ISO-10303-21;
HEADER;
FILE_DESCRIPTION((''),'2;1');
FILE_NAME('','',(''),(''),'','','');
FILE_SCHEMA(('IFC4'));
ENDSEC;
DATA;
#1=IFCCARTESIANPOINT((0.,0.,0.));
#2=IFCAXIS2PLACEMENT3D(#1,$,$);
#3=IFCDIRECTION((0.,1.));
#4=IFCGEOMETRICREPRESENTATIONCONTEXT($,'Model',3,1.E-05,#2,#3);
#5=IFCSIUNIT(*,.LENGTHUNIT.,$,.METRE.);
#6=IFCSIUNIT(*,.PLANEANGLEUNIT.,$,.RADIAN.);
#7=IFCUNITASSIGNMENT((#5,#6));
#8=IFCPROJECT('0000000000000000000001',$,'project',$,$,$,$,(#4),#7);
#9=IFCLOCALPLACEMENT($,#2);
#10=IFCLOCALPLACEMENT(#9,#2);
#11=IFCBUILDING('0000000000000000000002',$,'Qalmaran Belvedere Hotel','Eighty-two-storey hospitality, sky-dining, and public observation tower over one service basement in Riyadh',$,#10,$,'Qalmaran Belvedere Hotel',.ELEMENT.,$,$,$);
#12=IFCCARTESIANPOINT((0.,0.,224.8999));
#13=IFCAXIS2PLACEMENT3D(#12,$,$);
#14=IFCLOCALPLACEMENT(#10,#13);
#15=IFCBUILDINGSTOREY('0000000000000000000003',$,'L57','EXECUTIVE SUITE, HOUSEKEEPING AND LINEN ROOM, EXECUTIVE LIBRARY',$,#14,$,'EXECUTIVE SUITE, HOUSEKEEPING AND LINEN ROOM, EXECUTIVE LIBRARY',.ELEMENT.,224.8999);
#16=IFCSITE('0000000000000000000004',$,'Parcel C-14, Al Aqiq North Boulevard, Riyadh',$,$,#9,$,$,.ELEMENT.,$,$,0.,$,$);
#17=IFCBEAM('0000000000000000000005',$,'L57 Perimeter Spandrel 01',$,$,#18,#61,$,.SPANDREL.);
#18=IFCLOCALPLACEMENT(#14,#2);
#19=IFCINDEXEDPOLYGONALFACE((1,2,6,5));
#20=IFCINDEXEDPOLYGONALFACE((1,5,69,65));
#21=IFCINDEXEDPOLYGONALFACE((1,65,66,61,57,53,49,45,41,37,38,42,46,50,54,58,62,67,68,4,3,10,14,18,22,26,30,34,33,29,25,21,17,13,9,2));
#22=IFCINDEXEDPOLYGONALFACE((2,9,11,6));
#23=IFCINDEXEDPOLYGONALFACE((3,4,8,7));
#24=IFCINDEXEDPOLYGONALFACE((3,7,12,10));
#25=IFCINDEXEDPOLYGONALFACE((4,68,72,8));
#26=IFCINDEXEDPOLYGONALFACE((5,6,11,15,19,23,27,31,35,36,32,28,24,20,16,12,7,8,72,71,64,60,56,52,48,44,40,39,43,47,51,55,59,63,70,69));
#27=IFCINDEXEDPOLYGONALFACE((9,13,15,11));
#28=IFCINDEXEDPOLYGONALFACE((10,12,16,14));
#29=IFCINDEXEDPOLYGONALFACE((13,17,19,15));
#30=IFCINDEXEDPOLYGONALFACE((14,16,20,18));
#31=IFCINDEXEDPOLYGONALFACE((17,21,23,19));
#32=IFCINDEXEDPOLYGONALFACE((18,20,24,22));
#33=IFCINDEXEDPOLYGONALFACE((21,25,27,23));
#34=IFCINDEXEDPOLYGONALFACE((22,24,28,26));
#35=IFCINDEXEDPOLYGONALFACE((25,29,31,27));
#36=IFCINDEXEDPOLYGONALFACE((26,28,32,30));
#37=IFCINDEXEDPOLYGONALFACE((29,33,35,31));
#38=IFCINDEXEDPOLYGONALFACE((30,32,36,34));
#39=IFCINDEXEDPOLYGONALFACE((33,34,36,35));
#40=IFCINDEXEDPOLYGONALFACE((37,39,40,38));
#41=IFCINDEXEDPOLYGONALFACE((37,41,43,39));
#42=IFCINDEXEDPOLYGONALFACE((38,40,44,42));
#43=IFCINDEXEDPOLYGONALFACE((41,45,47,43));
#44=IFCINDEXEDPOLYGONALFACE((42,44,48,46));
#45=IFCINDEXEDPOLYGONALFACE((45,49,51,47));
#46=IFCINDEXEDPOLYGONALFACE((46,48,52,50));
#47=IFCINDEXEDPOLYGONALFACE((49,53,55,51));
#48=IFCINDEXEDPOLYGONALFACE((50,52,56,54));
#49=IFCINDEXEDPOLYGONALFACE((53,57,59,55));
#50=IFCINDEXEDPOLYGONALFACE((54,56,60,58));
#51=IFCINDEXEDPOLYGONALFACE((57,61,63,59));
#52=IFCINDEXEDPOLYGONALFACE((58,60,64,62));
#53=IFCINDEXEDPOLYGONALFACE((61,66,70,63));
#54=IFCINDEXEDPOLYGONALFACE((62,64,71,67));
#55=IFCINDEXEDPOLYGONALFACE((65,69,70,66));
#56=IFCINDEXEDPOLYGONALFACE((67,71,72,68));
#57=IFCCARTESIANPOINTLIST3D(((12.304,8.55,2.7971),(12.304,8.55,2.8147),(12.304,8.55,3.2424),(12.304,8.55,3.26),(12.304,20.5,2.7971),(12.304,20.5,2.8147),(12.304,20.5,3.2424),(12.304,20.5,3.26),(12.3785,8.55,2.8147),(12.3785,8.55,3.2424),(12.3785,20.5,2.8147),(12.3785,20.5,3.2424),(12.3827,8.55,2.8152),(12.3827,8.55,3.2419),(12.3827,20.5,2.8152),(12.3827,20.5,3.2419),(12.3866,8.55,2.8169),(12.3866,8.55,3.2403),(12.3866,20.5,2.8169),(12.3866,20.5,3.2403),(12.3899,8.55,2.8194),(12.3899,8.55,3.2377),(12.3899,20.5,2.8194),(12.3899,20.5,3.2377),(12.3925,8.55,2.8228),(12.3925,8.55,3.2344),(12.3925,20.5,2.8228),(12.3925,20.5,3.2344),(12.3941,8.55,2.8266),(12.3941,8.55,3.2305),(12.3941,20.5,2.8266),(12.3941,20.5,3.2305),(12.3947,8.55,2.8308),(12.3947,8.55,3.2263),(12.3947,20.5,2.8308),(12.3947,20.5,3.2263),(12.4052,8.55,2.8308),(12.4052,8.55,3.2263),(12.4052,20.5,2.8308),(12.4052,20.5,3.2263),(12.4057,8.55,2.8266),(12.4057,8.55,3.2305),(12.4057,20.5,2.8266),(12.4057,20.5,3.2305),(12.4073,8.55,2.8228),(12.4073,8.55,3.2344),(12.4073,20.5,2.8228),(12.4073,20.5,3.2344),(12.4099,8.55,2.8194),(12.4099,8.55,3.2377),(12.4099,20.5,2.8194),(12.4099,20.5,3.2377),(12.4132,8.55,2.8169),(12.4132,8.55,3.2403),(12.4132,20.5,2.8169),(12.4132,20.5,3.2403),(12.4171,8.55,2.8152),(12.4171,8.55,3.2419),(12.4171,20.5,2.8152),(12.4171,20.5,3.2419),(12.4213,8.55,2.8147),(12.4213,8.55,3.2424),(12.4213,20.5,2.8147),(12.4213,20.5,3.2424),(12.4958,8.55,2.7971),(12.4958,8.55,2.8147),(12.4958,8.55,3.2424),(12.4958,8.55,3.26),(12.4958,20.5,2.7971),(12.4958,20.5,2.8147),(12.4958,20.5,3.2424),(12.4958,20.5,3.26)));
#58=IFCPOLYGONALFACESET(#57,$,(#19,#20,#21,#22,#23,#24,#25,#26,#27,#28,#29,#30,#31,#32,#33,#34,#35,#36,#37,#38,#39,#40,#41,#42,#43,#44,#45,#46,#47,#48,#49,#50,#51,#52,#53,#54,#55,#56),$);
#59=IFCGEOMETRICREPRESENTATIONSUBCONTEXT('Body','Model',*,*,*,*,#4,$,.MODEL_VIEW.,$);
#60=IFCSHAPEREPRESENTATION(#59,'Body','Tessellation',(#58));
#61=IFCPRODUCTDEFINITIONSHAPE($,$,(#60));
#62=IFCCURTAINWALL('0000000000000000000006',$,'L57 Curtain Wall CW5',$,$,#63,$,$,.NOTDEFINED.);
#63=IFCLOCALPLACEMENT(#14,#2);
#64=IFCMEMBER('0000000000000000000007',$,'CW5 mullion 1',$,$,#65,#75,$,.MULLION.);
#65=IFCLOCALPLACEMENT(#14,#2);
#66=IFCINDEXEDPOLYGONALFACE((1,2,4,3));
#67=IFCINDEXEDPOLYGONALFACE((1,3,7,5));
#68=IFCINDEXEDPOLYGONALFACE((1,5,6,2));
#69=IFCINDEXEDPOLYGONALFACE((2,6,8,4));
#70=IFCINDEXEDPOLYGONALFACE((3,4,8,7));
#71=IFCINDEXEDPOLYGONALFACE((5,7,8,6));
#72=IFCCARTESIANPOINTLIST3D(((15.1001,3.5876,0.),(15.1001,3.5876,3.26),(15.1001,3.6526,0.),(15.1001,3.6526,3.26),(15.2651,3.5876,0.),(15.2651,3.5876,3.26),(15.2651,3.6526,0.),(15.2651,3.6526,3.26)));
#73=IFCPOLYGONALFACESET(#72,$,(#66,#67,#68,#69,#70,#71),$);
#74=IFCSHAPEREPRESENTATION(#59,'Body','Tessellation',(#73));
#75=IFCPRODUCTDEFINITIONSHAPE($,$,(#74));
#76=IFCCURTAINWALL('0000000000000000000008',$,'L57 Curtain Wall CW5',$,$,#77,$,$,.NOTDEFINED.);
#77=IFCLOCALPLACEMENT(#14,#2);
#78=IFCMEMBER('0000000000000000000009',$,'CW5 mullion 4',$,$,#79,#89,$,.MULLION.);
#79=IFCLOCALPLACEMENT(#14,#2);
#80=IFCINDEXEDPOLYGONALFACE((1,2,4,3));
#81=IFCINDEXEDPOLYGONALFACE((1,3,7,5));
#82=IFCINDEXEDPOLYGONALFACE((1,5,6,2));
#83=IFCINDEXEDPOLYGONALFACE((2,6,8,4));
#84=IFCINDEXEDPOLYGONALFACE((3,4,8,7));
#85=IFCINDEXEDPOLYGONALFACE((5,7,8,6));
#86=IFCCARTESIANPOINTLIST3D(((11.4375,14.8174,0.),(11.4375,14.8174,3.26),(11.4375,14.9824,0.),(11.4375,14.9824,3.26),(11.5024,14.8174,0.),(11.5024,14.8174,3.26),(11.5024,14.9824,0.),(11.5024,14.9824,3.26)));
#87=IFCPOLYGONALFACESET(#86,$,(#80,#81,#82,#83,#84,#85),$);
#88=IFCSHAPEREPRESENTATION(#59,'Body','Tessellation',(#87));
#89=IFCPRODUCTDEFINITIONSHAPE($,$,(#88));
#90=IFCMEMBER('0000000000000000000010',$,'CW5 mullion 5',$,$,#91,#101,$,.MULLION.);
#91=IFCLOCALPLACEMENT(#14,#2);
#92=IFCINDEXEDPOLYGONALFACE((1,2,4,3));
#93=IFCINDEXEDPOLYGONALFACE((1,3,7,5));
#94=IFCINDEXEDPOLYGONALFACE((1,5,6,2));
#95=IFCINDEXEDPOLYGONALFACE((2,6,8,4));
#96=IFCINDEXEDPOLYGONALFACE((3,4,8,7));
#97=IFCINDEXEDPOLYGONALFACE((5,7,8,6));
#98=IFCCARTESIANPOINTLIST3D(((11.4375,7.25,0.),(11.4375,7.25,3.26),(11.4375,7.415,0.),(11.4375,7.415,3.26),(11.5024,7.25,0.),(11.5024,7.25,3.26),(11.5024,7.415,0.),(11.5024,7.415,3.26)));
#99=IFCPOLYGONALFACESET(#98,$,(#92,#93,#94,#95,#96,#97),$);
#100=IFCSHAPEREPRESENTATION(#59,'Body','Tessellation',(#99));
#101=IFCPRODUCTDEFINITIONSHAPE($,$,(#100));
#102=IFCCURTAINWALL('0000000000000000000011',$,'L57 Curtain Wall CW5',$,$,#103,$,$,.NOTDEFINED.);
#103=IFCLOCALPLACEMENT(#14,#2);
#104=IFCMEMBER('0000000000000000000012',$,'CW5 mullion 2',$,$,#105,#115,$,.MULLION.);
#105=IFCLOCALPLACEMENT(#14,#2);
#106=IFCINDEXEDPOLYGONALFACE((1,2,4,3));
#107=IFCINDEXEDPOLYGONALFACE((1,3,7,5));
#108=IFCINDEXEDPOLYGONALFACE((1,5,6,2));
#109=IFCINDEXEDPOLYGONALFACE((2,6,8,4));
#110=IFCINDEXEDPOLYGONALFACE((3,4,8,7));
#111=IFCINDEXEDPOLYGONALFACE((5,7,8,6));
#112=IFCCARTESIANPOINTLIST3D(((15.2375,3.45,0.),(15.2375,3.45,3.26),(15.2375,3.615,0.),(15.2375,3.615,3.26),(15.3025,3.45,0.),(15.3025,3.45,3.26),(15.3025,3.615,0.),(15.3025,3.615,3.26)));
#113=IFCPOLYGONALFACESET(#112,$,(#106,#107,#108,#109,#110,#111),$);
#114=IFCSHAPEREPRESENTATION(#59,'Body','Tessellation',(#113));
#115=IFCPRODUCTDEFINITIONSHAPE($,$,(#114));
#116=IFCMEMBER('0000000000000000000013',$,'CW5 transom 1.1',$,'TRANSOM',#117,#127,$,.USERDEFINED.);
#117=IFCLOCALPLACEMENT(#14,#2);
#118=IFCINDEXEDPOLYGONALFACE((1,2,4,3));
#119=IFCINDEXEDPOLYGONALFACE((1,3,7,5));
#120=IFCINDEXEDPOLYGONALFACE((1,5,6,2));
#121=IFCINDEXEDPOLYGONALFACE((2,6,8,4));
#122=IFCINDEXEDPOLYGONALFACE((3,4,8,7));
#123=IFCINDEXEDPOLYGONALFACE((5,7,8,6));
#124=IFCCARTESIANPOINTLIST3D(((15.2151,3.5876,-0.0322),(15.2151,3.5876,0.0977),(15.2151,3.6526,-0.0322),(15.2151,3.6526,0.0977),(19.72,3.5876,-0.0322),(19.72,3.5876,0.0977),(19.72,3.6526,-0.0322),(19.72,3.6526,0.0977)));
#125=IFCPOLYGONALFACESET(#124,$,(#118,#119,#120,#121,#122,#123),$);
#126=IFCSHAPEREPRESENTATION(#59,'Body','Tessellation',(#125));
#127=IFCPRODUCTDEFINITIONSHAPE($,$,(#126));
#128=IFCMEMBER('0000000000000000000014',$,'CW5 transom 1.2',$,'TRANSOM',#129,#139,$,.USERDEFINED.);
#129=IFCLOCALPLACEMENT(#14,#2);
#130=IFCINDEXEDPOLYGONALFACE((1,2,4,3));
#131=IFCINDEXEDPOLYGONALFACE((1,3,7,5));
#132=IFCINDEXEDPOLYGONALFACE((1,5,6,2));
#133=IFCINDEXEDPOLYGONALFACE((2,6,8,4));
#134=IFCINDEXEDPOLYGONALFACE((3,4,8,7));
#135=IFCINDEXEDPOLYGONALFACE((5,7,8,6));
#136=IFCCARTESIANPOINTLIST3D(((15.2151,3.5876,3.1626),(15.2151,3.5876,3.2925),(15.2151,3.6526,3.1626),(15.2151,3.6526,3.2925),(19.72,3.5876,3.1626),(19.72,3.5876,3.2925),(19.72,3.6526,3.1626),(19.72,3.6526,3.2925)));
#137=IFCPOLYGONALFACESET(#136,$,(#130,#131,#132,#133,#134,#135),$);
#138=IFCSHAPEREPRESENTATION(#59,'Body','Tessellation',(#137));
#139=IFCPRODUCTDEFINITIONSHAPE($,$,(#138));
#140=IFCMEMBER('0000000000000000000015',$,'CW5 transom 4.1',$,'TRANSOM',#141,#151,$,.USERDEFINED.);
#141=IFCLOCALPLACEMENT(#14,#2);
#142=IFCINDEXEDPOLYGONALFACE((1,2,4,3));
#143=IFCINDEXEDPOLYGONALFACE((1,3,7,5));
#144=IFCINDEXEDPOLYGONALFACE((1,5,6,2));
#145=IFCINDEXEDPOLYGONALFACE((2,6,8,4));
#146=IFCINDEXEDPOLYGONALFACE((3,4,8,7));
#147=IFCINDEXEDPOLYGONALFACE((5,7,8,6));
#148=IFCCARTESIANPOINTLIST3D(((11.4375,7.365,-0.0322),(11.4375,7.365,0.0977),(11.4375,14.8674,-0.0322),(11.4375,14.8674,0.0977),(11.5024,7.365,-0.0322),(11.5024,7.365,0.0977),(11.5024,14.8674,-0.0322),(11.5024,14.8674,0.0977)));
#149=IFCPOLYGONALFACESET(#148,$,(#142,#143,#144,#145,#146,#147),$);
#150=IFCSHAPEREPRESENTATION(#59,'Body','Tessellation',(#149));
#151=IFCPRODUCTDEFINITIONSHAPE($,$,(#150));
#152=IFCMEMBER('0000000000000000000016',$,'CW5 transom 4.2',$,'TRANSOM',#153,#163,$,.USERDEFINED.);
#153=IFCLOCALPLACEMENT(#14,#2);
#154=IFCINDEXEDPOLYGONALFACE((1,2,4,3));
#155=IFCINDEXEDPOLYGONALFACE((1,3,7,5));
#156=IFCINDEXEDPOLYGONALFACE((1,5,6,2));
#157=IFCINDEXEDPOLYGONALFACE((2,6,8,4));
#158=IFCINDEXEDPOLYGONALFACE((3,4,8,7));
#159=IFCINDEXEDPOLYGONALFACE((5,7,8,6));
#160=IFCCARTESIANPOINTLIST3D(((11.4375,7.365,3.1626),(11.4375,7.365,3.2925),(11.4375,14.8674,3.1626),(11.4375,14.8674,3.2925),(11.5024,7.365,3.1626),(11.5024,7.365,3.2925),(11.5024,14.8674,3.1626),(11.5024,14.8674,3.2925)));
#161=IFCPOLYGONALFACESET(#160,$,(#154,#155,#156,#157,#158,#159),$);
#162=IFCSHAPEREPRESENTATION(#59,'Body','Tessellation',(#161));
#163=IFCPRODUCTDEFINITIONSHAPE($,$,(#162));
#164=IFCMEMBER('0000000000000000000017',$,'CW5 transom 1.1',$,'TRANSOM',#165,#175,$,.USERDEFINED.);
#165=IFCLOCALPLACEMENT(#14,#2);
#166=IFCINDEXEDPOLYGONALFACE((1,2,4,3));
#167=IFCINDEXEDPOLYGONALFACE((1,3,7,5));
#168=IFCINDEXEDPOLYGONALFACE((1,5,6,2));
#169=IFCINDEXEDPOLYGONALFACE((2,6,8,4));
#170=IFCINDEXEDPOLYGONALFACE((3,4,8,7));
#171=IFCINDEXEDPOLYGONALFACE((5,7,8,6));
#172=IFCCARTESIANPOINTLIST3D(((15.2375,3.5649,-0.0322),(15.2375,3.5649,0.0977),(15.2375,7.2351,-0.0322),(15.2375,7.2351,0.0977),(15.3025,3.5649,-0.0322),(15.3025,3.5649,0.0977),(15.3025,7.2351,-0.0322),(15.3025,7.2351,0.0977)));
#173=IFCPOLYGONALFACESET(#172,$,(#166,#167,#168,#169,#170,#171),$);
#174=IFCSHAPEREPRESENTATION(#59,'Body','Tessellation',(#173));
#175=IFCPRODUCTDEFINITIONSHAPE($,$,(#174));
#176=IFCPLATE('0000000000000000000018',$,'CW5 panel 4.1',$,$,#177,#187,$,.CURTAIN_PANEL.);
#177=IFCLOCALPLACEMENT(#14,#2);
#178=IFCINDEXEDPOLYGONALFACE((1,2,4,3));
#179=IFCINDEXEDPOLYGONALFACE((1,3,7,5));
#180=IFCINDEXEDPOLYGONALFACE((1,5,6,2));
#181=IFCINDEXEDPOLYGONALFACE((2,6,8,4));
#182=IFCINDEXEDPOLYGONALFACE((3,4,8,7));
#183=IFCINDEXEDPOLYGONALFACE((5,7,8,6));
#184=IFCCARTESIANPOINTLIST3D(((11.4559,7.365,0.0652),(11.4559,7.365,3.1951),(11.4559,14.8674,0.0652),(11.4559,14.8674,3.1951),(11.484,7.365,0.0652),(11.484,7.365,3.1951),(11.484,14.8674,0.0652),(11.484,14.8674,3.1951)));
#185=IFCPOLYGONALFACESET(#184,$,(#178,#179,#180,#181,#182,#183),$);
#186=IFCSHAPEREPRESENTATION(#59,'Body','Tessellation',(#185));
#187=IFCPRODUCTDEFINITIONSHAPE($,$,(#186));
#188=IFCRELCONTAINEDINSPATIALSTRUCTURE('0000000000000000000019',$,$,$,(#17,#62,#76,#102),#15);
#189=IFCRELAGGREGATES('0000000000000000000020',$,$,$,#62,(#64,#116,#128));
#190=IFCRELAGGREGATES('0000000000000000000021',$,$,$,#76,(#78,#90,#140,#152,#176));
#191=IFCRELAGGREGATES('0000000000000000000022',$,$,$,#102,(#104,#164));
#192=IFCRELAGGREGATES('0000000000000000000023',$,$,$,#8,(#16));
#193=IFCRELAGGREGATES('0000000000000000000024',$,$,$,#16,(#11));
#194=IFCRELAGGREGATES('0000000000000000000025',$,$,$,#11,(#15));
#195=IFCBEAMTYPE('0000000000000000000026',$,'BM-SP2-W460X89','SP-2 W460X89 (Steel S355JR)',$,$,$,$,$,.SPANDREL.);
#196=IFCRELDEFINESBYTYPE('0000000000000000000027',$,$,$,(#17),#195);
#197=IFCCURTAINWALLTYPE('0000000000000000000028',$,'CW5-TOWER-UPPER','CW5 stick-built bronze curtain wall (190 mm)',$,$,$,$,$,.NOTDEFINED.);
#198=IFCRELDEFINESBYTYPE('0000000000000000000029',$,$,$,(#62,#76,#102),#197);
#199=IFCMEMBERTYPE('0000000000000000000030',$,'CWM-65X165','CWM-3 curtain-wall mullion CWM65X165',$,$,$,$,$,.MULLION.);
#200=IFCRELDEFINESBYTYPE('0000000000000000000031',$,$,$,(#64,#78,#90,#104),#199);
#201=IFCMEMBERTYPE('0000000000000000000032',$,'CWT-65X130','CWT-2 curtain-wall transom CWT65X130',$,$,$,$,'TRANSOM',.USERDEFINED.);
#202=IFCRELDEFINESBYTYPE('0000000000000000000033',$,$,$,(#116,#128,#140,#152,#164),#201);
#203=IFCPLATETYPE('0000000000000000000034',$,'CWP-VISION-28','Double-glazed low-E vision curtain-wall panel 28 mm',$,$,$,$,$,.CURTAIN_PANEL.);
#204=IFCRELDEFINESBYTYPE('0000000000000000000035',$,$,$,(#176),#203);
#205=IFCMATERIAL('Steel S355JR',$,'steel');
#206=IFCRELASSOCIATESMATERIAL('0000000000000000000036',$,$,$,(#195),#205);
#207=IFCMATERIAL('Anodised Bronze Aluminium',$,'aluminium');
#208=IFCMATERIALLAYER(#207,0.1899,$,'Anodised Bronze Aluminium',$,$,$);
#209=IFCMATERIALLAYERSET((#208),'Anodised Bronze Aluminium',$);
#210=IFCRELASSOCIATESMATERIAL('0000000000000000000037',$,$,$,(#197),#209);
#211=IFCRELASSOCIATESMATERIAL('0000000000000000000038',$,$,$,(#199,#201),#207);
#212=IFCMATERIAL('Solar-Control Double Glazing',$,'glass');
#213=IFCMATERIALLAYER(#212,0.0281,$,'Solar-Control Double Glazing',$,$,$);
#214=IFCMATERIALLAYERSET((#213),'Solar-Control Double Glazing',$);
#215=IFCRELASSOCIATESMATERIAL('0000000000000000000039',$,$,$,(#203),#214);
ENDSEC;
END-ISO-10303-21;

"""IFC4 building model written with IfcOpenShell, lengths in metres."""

from ifc_helpers import new_model, si_unit, direction, frame, origin, origin_2d, place, context, subcontext, project, spatial, rectangle, i_section, extrude, material, layer, layer_set, material_profile, profile_set, type_object, element, aggregate, save


model = new_model("IFC4")

# Units and contexts
model_context = context("Model", 3, precision=1e-05, world=origin(), true_north=direction((0.0, 1.0)))
body_context = subcontext(model_context, "Body", "Model", "MODEL_VIEW")
ifc_project = project(units=[si_unit("LENGTHUNIT", "METRE"), si_unit("PLANEANGLEUNIT", "RADIAN")], contexts=[model_context])

# Site, building, storey
site_placement = place(None, origin())
site = spatial("IfcSite", under=ifc_project, at=site_placement, Name="Parcel C-14, Al Aqiq North Boulevard, Riyadh", CompositionType="ELEMENT", RefElevation=0.0)
building_placement = place(site_placement, origin())
building = spatial("IfcBuilding", under=site, at=building_placement, Name="Qalmaran Belvedere Hotel", Description="Eighty-two-storey hospitality, sky-dining, and public observation tower over one service basement in Riyadh", LongName="Qalmaran Belvedere Hotel", CompositionType="ELEMENT")
storey_placement = place(building_placement, frame((0.0, 0.0, 224.8999)))
storey = spatial("IfcBuildingStorey", under=building, at=storey_placement, Name="L57", Description="EXECUTIVE SUITE, HOUSEKEEPING AND LINEN ROOM, EXECUTIVE LIBRARY", LongName="EXECUTIVE SUITE, HOUSEKEEPING AND LINEN ROOM, EXECUTIVE LIBRARY", CompositionType="ELEMENT", Elevation=224.8999)

# Beam
ifc_material_1 = material(Name="Steel S355JR", Category="steel")
ifc_material_profile_1 = material_profile(ifc_material_1, i_section(OverallWidth=0.1919, OverallDepth=0.4629, WebThickness=0.0105, FlangeThickness=0.0176, FilletRadius=0.0161, at=origin_2d()), Name="W460X89")
ifc_profile_set_1 = profile_set([ifc_material_profile_1], Name="Steel S355JR")
beam_type_1 = type_object("IfcBeamType", Name="BM-SP2-W460X89", Description="SP-2 W460X89 (Steel S355JR)", PredefinedType="SPANDREL", material=ifc_profile_set_1)
beam_1_placement = place(storey_placement, frame((12.3999, 8.55, 3.0286), z_axis=(0.0, 1.0, 0.0), x_axis=(-1.0, 0.0, 0.0)))
element("IfcBeam", 1, at=beam_1_placement, inside=storey, type_object=beam_type_1, Name="L57 Perimeter Spandrel 01", PredefinedType="SPANDREL", context=body_context, shape_type="SweptSolid", body=[
    extrude(i_section(OverallWidth=0.1919, OverallDepth=0.4629, WebThickness=0.0105, FlangeThickness=0.0176, FilletRadius=0.0161, at=origin_2d()), origin(), (0.0, 0.0, 1.0), 11.95),
])

# Curtain wall, member
ifc_material_2 = material(Name="Anodised Bronze Aluminium", Category="aluminium")
ifc_layer_1 = layer(ifc_material_2, 0.1899, Name="Anodised Bronze Aluminium")
ifc_layer_set_1 = layer_set([ifc_layer_1], Name="Anodised Bronze Aluminium")
curtain_wall_type = type_object("IfcCurtainWallType", Name="CW5-TOWER-UPPER", Description="CW5 stick-built bronze curtain wall (190 mm)", PredefinedType="NOTDEFINED", material=ifc_layer_set_1)
curtain_wall_1_placement = place(storey_placement, origin())
curtain_wall_1 = element("IfcCurtainWall", 2, at=curtain_wall_1_placement, inside=storey, type_object=curtain_wall_type, Name="L57 Curtain Wall CW5", PredefinedType="NOTDEFINED")
ifc_material_profile_2 = material_profile(ifc_material_2, rectangle(XDim=0.0649, YDim=0.165, at=origin_2d()), Name="CWM65X165")
ifc_profile_set_2 = profile_set([ifc_material_profile_2], Name="Anodised Bronze Aluminium")
member_type_1 = type_object("IfcMemberType", Name="CWM-65X165", Description="CWM-3 curtain-wall mullion CWM65X165", PredefinedType="MULLION", material=ifc_profile_set_2)
member_1_placement = place(storey_placement, frame((15.1826, 3.6201, 0.0), z_axis=(0.0, 0.0, 1.0), x_axis=(0.0, 1.0, 0.0)))
member_1 = element("IfcMember", 3, at=member_1_placement, type_object=member_type_1, Name="CW5 mullion 1", PredefinedType="MULLION", context=body_context, shape_type="SweptSolid", body=[
    extrude(rectangle(XDim=0.0649, YDim=0.165, at=origin_2d()), origin(), (0.0, 0.0, 1.0), 3.26),
])

# Curtain wall, members
curtain_wall_2_placement = place(storey_placement, origin())
curtain_wall_2 = element("IfcCurtainWall", 4, at=curtain_wall_2_placement, inside=storey, type_object=curtain_wall_type, Name="L57 Curtain Wall CW5", PredefinedType="NOTDEFINED")
member_2_placement = place(storey_placement, frame((11.47, 14.8999, 0.0), z_axis=(0.0, 0.0, 1.0), x_axis=(1.0, 0.0, 0.0)))
member_2 = element("IfcMember", 5, at=member_2_placement, type_object=member_type_1, Name="CW5 mullion 4", PredefinedType="MULLION", context=body_context, shape_type="SweptSolid", body=[
    extrude(rectangle(XDim=0.0649, YDim=0.165, at=origin_2d()), origin(), (0.0, 0.0, 1.0), 3.26),
])
member_3_placement = place(storey_placement, frame((11.47, 7.3325, 0.0), z_axis=(0.0, 0.0, 1.0), x_axis=(1.0, 0.0, 0.0)))
member_3 = element("IfcMember", 6, at=member_3_placement, type_object=member_type_1, Name="CW5 mullion 5", PredefinedType="MULLION", context=body_context, shape_type="SweptSolid", body=[
    extrude(rectangle(XDim=0.0649, YDim=0.165, at=origin_2d()), origin(), (0.0, 0.0, 1.0), 3.26),
])

# Curtain wall, member
curtain_wall_3_placement = place(storey_placement, origin())
curtain_wall_3 = element("IfcCurtainWall", 7, at=curtain_wall_3_placement, inside=storey, type_object=curtain_wall_type, Name="L57 Curtain Wall CW5", PredefinedType="NOTDEFINED")
member_4_placement = place(storey_placement, frame((15.27, 3.5325, 0.0), z_axis=(0.0, 0.0, 1.0), x_axis=(1.0, 0.0, 0.0)))
member_4 = element("IfcMember", 8, at=member_4_placement, type_object=member_type_1, Name="CW5 mullion 2", PredefinedType="MULLION", context=body_context, shape_type="SweptSolid", body=[
    extrude(rectangle(XDim=0.0649, YDim=0.165, at=origin_2d()), origin(), (0.0, 0.0, 1.0), 3.26),
])

# Members
ifc_material_profile_3 = material_profile(ifc_material_2, rectangle(XDim=0.0649, YDim=0.1299, at=origin_2d()), Name="CWT65X130")
ifc_profile_set_3 = profile_set([ifc_material_profile_3], Name="Anodised Bronze Aluminium")
member_type_2 = type_object("IfcMemberType", Name="CWT-65X130", Description="CWT-2 curtain-wall transom CWT65X130", ElementType="TRANSOM", PredefinedType="USERDEFINED", material=ifc_profile_set_3)
member_5_placement = place(storey_placement, frame((15.2151, 3.6201, 0.0327), z_axis=(1.0, 0.0, 0.0), x_axis=(0.0, 1.0, 0.0)))
member_5 = element("IfcMember", 9, at=member_5_placement, type_object=member_type_2, Name="CW5 transom 1.1", ObjectType="TRANSOM", PredefinedType="USERDEFINED", context=body_context, shape_type="SweptSolid", body=[
    extrude(rectangle(XDim=0.0649, YDim=0.1299, at=origin_2d()), origin(), (0.0, 0.0, 1.0), 4.5049),
])
member_6_placement = place(storey_placement, frame((15.2151, 3.6201, 3.2275), z_axis=(1.0, 0.0, 0.0), x_axis=(0.0, 1.0, 0.0)))
member_6 = element("IfcMember", 10, at=member_6_placement, type_object=member_type_2, Name="CW5 transom 1.2", ObjectType="TRANSOM", PredefinedType="USERDEFINED", context=body_context, shape_type="SweptSolid", body=[
    extrude(rectangle(XDim=0.0649, YDim=0.1299, at=origin_2d()), origin(), (0.0, 0.0, 1.0), 4.5049),
])
aggregate(curtain_wall_1, [member_1, member_5, member_6])
member_7_placement = place(storey_placement, frame((11.47, 14.8674, 0.0327), z_axis=(0.0, -1.0, 0.0), x_axis=(1.0, 0.0, 0.0)))
member_7 = element("IfcMember", 11, at=member_7_placement, type_object=member_type_2, Name="CW5 transom 4.1", ObjectType="TRANSOM", PredefinedType="USERDEFINED", context=body_context, shape_type="SweptSolid", body=[
    extrude(rectangle(XDim=0.0649, YDim=0.1299, at=origin_2d()), origin(), (0.0, 0.0, 1.0), 7.5024),
])
member_8_placement = place(storey_placement, frame((11.47, 14.8674, 3.2275), z_axis=(0.0, -1.0, 0.0), x_axis=(1.0, 0.0, 0.0)))
member_8 = element("IfcMember", 12, at=member_8_placement, type_object=member_type_2, Name="CW5 transom 4.2", ObjectType="TRANSOM", PredefinedType="USERDEFINED", context=body_context, shape_type="SweptSolid", body=[
    extrude(rectangle(XDim=0.0649, YDim=0.1299, at=origin_2d()), origin(), (0.0, 0.0, 1.0), 7.5024),
])
member_9_placement = place(storey_placement, frame((15.27, 7.2351, 0.0327), z_axis=(0.0, -1.0, 0.0), x_axis=(1.0, 0.0, 0.0)))
member_9 = element("IfcMember", 13, at=member_9_placement, type_object=member_type_2, Name="CW5 transom 1.1", ObjectType="TRANSOM", PredefinedType="USERDEFINED", context=body_context, shape_type="SweptSolid", body=[
    extrude(rectangle(XDim=0.0649, YDim=0.1299, at=origin_2d()), origin(), (0.0, 0.0, 1.0), 3.6702),
])

# Plate
ifc_material_3 = material(Name="Solar-Control Double Glazing", Category="glass")
ifc_layer_2 = layer(ifc_material_3, 0.0281, Name="Solar-Control Double Glazing")
ifc_layer_set_2 = layer_set([ifc_layer_2], Name="Solar-Control Double Glazing")
plate_type = type_object("IfcPlateType", Name="CWP-VISION-28", Description="Double-glazed low-E vision curtain-wall panel 28 mm", PredefinedType="CURTAIN_PANEL", material=ifc_layer_set_2)
plate_1_placement = place(storey_placement, frame((11.47, 11.1162, 0.0652), z_axis=(0.0, 0.0, 1.0), x_axis=(0.0, -1.0, 0.0)))
plate_1 = element("IfcPlate", 14, at=plate_1_placement, type_object=plate_type, Name="CW5 panel 4.1", PredefinedType="CURTAIN_PANEL", context=body_context, shape_type="SweptSolid", body=[
    extrude(rectangle(XDim=7.5024, YDim=0.0281, at=origin_2d()), origin(), (0.0, 0.0, 1.0), 3.1299),
])
aggregate(curtain_wall_2, [member_2, member_3, member_7, member_8, plate_1])
aggregate(curtain_wall_3, [member_4, member_9])

save(model, "model.ifc")
